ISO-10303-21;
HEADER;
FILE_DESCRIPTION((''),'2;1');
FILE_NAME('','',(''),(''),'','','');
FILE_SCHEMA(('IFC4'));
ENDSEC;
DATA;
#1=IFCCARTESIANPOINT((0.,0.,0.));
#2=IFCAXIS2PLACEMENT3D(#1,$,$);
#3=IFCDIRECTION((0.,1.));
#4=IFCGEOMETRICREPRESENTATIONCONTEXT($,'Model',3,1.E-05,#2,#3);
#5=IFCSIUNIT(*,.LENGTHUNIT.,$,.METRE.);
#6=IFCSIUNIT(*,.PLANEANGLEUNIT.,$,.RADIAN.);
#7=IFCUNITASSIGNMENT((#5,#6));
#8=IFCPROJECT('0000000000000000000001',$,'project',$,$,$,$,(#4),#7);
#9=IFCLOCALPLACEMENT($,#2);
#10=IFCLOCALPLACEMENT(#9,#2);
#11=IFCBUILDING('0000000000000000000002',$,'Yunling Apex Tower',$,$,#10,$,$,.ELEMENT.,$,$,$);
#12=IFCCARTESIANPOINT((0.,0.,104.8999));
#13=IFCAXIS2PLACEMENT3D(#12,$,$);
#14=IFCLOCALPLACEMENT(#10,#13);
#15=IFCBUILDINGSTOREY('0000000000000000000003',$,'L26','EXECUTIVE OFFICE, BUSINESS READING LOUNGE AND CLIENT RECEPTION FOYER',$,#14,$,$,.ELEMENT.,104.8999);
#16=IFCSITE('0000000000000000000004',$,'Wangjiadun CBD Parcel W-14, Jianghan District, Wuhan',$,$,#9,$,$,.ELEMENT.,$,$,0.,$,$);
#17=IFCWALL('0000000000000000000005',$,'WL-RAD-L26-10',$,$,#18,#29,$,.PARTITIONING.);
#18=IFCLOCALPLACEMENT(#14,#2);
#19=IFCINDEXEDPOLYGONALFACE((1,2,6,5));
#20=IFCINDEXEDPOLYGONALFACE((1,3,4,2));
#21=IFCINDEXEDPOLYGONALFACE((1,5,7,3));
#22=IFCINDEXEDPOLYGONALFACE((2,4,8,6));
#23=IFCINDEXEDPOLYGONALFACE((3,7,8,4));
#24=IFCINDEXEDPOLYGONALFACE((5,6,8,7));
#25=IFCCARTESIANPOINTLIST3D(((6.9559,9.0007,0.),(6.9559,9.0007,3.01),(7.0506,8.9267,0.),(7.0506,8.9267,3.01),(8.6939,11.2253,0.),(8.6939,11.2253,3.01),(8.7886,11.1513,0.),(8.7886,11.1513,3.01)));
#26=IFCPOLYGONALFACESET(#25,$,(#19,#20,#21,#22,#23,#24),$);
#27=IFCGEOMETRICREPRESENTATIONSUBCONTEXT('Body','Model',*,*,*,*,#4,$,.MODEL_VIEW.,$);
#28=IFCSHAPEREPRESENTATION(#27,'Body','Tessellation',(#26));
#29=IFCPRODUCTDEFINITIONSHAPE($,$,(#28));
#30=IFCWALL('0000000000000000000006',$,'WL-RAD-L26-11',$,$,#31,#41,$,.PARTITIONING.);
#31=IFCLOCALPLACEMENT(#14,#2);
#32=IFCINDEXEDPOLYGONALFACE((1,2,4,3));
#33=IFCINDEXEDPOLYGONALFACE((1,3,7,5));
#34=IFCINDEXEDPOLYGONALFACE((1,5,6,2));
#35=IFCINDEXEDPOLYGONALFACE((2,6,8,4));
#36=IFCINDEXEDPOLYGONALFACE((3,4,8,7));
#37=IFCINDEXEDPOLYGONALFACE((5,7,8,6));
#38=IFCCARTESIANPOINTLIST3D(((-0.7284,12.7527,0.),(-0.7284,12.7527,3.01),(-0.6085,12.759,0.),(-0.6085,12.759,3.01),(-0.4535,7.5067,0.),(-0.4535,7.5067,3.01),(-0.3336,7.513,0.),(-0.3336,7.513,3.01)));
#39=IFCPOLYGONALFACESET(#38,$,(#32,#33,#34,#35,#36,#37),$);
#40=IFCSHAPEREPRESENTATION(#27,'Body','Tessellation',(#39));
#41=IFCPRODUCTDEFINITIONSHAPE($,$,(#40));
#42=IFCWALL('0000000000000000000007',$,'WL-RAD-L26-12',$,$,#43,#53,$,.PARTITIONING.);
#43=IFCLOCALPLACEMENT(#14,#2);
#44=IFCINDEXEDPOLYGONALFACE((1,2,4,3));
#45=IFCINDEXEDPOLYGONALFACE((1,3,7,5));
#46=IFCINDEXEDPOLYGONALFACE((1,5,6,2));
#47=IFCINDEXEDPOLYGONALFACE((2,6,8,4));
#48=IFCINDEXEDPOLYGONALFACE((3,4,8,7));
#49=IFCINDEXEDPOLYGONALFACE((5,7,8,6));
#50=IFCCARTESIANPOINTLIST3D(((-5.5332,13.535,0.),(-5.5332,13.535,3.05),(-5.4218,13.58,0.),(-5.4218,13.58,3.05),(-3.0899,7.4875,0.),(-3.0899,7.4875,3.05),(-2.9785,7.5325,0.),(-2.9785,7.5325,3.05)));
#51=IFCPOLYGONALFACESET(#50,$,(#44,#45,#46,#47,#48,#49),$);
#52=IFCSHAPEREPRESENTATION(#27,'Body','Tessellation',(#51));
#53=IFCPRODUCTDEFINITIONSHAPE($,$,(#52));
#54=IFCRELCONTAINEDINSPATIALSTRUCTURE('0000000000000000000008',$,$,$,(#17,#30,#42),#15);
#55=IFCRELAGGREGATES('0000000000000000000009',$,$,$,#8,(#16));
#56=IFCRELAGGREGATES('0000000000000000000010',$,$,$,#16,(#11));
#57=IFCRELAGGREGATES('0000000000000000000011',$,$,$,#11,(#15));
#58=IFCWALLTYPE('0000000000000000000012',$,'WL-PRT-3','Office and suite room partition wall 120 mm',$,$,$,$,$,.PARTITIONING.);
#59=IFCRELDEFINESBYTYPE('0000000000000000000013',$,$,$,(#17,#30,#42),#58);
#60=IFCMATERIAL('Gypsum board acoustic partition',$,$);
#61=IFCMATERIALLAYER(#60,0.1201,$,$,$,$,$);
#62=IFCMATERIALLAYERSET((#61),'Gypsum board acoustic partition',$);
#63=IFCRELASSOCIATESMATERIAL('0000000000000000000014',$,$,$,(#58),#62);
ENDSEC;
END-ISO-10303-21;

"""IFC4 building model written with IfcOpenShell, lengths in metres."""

from ifc_helpers import new_model, si_unit, direction, frame, frame_2d, origin, place, context, subcontext, project, spatial, rectangle, extrude, material, layer, layer_set, type_object, element, save


model = new_model("IFC4")

# Units and contexts
model_context = context("Model", 3, precision=1e-05, world=origin(), true_north=direction((0.0, 1.0)))
body_context = subcontext(model_context, "Body", "Model", "MODEL_VIEW")
ifc_project = project(units=[si_unit("LENGTHUNIT", "METRE"), si_unit("PLANEANGLEUNIT", "RADIAN")], contexts=[model_context])

# Site, building, storey
site_placement = place(None, origin())
site = spatial("IfcSite", under=ifc_project, at=site_placement, Name="Wangjiadun CBD Parcel W-14, Jianghan District, Wuhan", CompositionType="ELEMENT", RefElevation=0.0)
building_placement = place(site_placement, origin())
building = spatial("IfcBuilding", under=site, at=building_placement, Name="Yunling Apex Tower", CompositionType="ELEMENT")
storey_placement = place(building_placement, frame((0.0, 0.0, 104.8999)))
storey = spatial("IfcBuildingStorey", under=building, at=storey_placement, Name="L26", Description="EXECUTIVE OFFICE, BUSINESS READING LOUNGE AND CLIENT RECEPTION FOYER", CompositionType="ELEMENT", Elevation=104.8999)

# Walls
ifc_material_1 = material(Name="Gypsum board acoustic partition")
ifc_layer_1 = layer(ifc_material_1, 0.1201)
ifc_layer_set_1 = layer_set([ifc_layer_1], Name="Gypsum board acoustic partition")
wall_type_1 = type_object("IfcWallType", Name="WL-PRT-3", Description="Office and suite room partition wall 120 mm", PredefinedType="PARTITIONING", material=ifc_layer_set_1)
wall_1_placement = place(storey_placement, frame((7.0032, 8.9636, 0.0), z_axis=(0.0, 0.0, 1.0), x_axis=(0.615657, 0.788014, 0.0)))
element("IfcWall", 1, at=wall_1_placement, inside=storey, type_object=wall_type_1, Name="WL-RAD-L26-10", PredefinedType="PARTITIONING", context=body_context, shape_type="SweptSolid", body=[
    extrude(rectangle(XDim=2.823, YDim=0.1201, at=frame_2d((1.4116, 0.0))), origin(), (0.0, 0.0, 1.0), 3.01),
])
wall_2_placement = place(storey_placement, frame((-0.3936, 7.51, 0.0), z_axis=(0.0, 0.0, 1.0), x_axis=(-0.05233, 0.99863, 0.0)))
element("IfcWall", 2, at=wall_2_placement, inside=storey, type_object=wall_type_1, Name="WL-RAD-L26-11", PredefinedType="PARTITIONING", context=body_context, shape_type="SweptSolid", body=[
    extrude(rectangle(XDim=5.2532, YDim=0.1201, at=frame_2d((2.6265, 0.0))), origin(), (0.0, 0.0, 1.0), 3.01),
])
wall_3_placement = place(storey_placement, frame((-3.0342, 7.51, 0.0), z_axis=(0.0, 0.0, 1.0), x_axis=(-0.374602, 0.927186, 0.0)))
element("IfcWall", 3, at=wall_3_placement, inside=storey, type_object=wall_type_1, Name="WL-RAD-L26-12", PredefinedType="PARTITIONING", context=body_context, shape_type="SweptSolid", body=[
    extrude(rectangle(XDim=6.5225, YDim=0.1201, at=frame_2d((3.2612, 0.0))), origin(), (0.0, 0.0, 1.0), 3.05),
])

save(model, "model.ifc")
